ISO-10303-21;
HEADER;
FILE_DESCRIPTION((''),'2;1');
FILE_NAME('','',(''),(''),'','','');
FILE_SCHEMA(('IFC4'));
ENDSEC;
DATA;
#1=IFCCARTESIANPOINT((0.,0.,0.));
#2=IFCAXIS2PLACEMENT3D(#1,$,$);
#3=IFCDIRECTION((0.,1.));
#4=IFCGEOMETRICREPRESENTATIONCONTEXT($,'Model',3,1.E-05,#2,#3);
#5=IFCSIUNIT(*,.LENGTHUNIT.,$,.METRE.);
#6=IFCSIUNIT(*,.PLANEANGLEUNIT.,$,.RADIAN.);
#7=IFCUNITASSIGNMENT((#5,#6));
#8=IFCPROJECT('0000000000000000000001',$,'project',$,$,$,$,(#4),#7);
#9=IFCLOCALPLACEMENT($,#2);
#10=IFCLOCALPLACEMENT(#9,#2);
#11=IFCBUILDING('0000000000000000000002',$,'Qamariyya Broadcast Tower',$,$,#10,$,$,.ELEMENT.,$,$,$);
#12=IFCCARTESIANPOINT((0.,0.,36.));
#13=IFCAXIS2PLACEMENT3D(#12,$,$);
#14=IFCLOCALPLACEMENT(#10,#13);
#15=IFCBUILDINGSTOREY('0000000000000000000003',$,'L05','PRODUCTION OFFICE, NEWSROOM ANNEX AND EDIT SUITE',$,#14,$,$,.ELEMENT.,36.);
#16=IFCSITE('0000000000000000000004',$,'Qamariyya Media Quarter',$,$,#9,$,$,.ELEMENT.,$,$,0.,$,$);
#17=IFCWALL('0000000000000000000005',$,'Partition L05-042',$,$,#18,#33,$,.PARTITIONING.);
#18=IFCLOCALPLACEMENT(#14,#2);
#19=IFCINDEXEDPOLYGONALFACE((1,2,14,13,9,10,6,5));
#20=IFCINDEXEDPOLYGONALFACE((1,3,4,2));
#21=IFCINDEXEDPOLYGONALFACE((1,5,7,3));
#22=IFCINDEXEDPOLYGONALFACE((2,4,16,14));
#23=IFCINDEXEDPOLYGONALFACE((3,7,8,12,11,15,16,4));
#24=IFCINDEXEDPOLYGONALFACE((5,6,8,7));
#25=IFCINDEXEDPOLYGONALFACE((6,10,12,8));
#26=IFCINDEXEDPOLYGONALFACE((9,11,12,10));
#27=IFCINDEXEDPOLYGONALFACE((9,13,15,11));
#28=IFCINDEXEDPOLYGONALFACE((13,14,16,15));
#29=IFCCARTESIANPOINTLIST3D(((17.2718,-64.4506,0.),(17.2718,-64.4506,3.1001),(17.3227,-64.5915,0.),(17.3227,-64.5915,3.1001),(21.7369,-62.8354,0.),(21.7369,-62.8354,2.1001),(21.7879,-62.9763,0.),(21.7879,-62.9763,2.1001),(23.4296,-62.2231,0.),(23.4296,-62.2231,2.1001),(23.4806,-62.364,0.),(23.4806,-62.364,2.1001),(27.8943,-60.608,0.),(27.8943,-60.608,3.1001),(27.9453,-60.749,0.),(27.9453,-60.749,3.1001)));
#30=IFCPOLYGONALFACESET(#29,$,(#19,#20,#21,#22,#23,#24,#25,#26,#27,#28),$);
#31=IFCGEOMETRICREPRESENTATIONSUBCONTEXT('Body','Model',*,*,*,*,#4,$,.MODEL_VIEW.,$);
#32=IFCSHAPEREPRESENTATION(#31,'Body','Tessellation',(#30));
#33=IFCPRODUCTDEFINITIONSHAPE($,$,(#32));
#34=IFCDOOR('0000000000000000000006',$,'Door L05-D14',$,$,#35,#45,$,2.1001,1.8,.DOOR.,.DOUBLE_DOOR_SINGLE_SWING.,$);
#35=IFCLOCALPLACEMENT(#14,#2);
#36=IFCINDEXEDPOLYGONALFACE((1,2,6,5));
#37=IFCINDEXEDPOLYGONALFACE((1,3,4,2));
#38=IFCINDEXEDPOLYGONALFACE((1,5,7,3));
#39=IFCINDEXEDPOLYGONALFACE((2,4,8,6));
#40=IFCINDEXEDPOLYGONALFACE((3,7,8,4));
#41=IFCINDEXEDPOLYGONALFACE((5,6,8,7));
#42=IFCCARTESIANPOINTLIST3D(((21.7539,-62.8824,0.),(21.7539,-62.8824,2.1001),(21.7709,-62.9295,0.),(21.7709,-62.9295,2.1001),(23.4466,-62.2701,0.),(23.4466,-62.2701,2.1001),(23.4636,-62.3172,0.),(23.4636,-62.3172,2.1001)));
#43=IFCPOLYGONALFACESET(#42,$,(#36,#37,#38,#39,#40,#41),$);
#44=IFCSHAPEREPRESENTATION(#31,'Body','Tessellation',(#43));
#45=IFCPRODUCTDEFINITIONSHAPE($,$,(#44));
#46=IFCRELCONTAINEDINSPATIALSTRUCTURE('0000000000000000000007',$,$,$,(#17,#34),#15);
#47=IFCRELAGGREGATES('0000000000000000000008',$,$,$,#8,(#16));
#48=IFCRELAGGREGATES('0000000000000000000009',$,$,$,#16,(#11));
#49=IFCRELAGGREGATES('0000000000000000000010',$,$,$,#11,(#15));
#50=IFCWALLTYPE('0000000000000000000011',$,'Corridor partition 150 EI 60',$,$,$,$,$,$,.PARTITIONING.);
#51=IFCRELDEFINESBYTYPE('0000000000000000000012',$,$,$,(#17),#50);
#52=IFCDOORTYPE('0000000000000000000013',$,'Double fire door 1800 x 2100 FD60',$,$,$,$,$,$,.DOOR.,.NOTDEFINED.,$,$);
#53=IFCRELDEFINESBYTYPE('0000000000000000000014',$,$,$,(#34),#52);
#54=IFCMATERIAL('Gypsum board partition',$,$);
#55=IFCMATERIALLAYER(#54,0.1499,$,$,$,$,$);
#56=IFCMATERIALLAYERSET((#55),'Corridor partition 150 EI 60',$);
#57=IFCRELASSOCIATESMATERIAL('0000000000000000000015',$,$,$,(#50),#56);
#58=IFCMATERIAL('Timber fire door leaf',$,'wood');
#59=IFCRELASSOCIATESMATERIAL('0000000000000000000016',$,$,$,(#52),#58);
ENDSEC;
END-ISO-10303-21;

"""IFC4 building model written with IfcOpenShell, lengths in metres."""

from ifc_helpers import new_model, si_unit, direction, frame, frame_2d, origin, place, context, subcontext, project, spatial, rectangle, extrude, material, layer, layer_set, type_object, element, fill, save


model = new_model("IFC4")

# Units and contexts
model_context = context("Model", 3, precision=1e-05, world=origin(), true_north=direction((0.0, 1.0)))
body_context = subcontext(model_context, "Body", "Model", "MODEL_VIEW")
ifc_project = project(units=[si_unit("LENGTHUNIT", "METRE"), si_unit("PLANEANGLEUNIT", "RADIAN")], contexts=[model_context])

# Site, building, storey
site_placement = place(None, origin())
site = spatial("IfcSite", under=ifc_project, at=site_placement, Name="Qamariyya Media Quarter", CompositionType="ELEMENT", RefElevation=0.0)
building_placement = place(site_placement, origin())
building = spatial("IfcBuilding", under=site, at=building_placement, Name="Qamariyya Broadcast Tower", CompositionType="ELEMENT")
storey_placement = place(building_placement, frame((0.0, 0.0, 36.0)))
storey = spatial("IfcBuildingStorey", under=building, at=storey_placement, Name="L05", Description="PRODUCTION OFFICE, NEWSROOM ANNEX AND EDIT SUITE", CompositionType="ELEMENT", Elevation=36.0)

# Shared definitions
ifc_material_1 = material(Name="Gypsum board partition")
ifc_layer = layer(ifc_material_1, 0.1499)
ifc_layer_set = layer_set([ifc_layer], Name="Corridor partition 150 EI 60")
wall_type = type_object("IfcWallType", Name="Corridor partition 150 EI 60", PredefinedType="PARTITIONING", material=ifc_layer_set)
ifc_material_2 = material(Name="Timber fire door leaf", Category="wood")
door_type = type_object("IfcDoorType", Name="Double fire door 1800 x 2100 FD60", OperationType="NOTDEFINED", PredefinedType="DOOR", material=ifc_material_2)

# Wall, opening, door
wall_1_placement = place(storey_placement, frame((17.2974, -64.521, 0.0), z_axis=(0.0, 0.0, 1.0), x_axis=(0.940367, 0.340162, 0.0)))
wall_1 = element("IfcWall", 1, at=wall_1_placement, inside=storey, type_object=wall_type, Name="Partition L05-042", PredefinedType="PARTITIONING", context=body_context, shape_type="SweptSolid", body=[
    extrude(rectangle(XDim=11.2961, YDim=0.1499, at=frame_2d((5.6479, 0.0))), origin(), (0.0, 0.0, 1.0), 3.1001),
])
opening_1_placement = place(wall_1_placement, frame((4.7483, 0.0, 0.0)))
opening_1 = element("IfcOpeningElement", 2, at=opening_1_placement, cuts=wall_1, PredefinedType="OPENING", context=body_context, shape_type="SweptSolid", body=[
    extrude(rectangle(XDim=1.8, YDim=2.1001, at=frame_2d((0.8999, 1.05))), frame((0.0, 0.085, 0.0), z_axis=(0.0, -1.0, 0.0), x_axis=(1.0, 0.0, 0.0)), (0.0, 0.0, 1.0), 0.1699),
])
door_1_placement = place(opening_1_placement, origin())
door_1 = element("IfcDoor", 3, at=door_1_placement, inside=storey, type_object=door_type, Name="Door L05-D14", OperationType="DOUBLE_DOOR_SINGLE_SWING", OverallHeight=2.1001, OverallWidth=1.8, PredefinedType="DOOR", context=body_context, shape_type="SweptSolid", body=[
    extrude(rectangle(XDim=1.8, YDim=2.1001, at=frame_2d((0.8999, 1.05))), frame((0.0, 0.0249, 0.0), z_axis=(0.0, -1.0, 0.0), x_axis=(1.0, 0.0, 0.0)), (0.0, 0.0, 1.0), 0.05),
])
fill(opening_1, door_1)

save(model, "model.ifc")
